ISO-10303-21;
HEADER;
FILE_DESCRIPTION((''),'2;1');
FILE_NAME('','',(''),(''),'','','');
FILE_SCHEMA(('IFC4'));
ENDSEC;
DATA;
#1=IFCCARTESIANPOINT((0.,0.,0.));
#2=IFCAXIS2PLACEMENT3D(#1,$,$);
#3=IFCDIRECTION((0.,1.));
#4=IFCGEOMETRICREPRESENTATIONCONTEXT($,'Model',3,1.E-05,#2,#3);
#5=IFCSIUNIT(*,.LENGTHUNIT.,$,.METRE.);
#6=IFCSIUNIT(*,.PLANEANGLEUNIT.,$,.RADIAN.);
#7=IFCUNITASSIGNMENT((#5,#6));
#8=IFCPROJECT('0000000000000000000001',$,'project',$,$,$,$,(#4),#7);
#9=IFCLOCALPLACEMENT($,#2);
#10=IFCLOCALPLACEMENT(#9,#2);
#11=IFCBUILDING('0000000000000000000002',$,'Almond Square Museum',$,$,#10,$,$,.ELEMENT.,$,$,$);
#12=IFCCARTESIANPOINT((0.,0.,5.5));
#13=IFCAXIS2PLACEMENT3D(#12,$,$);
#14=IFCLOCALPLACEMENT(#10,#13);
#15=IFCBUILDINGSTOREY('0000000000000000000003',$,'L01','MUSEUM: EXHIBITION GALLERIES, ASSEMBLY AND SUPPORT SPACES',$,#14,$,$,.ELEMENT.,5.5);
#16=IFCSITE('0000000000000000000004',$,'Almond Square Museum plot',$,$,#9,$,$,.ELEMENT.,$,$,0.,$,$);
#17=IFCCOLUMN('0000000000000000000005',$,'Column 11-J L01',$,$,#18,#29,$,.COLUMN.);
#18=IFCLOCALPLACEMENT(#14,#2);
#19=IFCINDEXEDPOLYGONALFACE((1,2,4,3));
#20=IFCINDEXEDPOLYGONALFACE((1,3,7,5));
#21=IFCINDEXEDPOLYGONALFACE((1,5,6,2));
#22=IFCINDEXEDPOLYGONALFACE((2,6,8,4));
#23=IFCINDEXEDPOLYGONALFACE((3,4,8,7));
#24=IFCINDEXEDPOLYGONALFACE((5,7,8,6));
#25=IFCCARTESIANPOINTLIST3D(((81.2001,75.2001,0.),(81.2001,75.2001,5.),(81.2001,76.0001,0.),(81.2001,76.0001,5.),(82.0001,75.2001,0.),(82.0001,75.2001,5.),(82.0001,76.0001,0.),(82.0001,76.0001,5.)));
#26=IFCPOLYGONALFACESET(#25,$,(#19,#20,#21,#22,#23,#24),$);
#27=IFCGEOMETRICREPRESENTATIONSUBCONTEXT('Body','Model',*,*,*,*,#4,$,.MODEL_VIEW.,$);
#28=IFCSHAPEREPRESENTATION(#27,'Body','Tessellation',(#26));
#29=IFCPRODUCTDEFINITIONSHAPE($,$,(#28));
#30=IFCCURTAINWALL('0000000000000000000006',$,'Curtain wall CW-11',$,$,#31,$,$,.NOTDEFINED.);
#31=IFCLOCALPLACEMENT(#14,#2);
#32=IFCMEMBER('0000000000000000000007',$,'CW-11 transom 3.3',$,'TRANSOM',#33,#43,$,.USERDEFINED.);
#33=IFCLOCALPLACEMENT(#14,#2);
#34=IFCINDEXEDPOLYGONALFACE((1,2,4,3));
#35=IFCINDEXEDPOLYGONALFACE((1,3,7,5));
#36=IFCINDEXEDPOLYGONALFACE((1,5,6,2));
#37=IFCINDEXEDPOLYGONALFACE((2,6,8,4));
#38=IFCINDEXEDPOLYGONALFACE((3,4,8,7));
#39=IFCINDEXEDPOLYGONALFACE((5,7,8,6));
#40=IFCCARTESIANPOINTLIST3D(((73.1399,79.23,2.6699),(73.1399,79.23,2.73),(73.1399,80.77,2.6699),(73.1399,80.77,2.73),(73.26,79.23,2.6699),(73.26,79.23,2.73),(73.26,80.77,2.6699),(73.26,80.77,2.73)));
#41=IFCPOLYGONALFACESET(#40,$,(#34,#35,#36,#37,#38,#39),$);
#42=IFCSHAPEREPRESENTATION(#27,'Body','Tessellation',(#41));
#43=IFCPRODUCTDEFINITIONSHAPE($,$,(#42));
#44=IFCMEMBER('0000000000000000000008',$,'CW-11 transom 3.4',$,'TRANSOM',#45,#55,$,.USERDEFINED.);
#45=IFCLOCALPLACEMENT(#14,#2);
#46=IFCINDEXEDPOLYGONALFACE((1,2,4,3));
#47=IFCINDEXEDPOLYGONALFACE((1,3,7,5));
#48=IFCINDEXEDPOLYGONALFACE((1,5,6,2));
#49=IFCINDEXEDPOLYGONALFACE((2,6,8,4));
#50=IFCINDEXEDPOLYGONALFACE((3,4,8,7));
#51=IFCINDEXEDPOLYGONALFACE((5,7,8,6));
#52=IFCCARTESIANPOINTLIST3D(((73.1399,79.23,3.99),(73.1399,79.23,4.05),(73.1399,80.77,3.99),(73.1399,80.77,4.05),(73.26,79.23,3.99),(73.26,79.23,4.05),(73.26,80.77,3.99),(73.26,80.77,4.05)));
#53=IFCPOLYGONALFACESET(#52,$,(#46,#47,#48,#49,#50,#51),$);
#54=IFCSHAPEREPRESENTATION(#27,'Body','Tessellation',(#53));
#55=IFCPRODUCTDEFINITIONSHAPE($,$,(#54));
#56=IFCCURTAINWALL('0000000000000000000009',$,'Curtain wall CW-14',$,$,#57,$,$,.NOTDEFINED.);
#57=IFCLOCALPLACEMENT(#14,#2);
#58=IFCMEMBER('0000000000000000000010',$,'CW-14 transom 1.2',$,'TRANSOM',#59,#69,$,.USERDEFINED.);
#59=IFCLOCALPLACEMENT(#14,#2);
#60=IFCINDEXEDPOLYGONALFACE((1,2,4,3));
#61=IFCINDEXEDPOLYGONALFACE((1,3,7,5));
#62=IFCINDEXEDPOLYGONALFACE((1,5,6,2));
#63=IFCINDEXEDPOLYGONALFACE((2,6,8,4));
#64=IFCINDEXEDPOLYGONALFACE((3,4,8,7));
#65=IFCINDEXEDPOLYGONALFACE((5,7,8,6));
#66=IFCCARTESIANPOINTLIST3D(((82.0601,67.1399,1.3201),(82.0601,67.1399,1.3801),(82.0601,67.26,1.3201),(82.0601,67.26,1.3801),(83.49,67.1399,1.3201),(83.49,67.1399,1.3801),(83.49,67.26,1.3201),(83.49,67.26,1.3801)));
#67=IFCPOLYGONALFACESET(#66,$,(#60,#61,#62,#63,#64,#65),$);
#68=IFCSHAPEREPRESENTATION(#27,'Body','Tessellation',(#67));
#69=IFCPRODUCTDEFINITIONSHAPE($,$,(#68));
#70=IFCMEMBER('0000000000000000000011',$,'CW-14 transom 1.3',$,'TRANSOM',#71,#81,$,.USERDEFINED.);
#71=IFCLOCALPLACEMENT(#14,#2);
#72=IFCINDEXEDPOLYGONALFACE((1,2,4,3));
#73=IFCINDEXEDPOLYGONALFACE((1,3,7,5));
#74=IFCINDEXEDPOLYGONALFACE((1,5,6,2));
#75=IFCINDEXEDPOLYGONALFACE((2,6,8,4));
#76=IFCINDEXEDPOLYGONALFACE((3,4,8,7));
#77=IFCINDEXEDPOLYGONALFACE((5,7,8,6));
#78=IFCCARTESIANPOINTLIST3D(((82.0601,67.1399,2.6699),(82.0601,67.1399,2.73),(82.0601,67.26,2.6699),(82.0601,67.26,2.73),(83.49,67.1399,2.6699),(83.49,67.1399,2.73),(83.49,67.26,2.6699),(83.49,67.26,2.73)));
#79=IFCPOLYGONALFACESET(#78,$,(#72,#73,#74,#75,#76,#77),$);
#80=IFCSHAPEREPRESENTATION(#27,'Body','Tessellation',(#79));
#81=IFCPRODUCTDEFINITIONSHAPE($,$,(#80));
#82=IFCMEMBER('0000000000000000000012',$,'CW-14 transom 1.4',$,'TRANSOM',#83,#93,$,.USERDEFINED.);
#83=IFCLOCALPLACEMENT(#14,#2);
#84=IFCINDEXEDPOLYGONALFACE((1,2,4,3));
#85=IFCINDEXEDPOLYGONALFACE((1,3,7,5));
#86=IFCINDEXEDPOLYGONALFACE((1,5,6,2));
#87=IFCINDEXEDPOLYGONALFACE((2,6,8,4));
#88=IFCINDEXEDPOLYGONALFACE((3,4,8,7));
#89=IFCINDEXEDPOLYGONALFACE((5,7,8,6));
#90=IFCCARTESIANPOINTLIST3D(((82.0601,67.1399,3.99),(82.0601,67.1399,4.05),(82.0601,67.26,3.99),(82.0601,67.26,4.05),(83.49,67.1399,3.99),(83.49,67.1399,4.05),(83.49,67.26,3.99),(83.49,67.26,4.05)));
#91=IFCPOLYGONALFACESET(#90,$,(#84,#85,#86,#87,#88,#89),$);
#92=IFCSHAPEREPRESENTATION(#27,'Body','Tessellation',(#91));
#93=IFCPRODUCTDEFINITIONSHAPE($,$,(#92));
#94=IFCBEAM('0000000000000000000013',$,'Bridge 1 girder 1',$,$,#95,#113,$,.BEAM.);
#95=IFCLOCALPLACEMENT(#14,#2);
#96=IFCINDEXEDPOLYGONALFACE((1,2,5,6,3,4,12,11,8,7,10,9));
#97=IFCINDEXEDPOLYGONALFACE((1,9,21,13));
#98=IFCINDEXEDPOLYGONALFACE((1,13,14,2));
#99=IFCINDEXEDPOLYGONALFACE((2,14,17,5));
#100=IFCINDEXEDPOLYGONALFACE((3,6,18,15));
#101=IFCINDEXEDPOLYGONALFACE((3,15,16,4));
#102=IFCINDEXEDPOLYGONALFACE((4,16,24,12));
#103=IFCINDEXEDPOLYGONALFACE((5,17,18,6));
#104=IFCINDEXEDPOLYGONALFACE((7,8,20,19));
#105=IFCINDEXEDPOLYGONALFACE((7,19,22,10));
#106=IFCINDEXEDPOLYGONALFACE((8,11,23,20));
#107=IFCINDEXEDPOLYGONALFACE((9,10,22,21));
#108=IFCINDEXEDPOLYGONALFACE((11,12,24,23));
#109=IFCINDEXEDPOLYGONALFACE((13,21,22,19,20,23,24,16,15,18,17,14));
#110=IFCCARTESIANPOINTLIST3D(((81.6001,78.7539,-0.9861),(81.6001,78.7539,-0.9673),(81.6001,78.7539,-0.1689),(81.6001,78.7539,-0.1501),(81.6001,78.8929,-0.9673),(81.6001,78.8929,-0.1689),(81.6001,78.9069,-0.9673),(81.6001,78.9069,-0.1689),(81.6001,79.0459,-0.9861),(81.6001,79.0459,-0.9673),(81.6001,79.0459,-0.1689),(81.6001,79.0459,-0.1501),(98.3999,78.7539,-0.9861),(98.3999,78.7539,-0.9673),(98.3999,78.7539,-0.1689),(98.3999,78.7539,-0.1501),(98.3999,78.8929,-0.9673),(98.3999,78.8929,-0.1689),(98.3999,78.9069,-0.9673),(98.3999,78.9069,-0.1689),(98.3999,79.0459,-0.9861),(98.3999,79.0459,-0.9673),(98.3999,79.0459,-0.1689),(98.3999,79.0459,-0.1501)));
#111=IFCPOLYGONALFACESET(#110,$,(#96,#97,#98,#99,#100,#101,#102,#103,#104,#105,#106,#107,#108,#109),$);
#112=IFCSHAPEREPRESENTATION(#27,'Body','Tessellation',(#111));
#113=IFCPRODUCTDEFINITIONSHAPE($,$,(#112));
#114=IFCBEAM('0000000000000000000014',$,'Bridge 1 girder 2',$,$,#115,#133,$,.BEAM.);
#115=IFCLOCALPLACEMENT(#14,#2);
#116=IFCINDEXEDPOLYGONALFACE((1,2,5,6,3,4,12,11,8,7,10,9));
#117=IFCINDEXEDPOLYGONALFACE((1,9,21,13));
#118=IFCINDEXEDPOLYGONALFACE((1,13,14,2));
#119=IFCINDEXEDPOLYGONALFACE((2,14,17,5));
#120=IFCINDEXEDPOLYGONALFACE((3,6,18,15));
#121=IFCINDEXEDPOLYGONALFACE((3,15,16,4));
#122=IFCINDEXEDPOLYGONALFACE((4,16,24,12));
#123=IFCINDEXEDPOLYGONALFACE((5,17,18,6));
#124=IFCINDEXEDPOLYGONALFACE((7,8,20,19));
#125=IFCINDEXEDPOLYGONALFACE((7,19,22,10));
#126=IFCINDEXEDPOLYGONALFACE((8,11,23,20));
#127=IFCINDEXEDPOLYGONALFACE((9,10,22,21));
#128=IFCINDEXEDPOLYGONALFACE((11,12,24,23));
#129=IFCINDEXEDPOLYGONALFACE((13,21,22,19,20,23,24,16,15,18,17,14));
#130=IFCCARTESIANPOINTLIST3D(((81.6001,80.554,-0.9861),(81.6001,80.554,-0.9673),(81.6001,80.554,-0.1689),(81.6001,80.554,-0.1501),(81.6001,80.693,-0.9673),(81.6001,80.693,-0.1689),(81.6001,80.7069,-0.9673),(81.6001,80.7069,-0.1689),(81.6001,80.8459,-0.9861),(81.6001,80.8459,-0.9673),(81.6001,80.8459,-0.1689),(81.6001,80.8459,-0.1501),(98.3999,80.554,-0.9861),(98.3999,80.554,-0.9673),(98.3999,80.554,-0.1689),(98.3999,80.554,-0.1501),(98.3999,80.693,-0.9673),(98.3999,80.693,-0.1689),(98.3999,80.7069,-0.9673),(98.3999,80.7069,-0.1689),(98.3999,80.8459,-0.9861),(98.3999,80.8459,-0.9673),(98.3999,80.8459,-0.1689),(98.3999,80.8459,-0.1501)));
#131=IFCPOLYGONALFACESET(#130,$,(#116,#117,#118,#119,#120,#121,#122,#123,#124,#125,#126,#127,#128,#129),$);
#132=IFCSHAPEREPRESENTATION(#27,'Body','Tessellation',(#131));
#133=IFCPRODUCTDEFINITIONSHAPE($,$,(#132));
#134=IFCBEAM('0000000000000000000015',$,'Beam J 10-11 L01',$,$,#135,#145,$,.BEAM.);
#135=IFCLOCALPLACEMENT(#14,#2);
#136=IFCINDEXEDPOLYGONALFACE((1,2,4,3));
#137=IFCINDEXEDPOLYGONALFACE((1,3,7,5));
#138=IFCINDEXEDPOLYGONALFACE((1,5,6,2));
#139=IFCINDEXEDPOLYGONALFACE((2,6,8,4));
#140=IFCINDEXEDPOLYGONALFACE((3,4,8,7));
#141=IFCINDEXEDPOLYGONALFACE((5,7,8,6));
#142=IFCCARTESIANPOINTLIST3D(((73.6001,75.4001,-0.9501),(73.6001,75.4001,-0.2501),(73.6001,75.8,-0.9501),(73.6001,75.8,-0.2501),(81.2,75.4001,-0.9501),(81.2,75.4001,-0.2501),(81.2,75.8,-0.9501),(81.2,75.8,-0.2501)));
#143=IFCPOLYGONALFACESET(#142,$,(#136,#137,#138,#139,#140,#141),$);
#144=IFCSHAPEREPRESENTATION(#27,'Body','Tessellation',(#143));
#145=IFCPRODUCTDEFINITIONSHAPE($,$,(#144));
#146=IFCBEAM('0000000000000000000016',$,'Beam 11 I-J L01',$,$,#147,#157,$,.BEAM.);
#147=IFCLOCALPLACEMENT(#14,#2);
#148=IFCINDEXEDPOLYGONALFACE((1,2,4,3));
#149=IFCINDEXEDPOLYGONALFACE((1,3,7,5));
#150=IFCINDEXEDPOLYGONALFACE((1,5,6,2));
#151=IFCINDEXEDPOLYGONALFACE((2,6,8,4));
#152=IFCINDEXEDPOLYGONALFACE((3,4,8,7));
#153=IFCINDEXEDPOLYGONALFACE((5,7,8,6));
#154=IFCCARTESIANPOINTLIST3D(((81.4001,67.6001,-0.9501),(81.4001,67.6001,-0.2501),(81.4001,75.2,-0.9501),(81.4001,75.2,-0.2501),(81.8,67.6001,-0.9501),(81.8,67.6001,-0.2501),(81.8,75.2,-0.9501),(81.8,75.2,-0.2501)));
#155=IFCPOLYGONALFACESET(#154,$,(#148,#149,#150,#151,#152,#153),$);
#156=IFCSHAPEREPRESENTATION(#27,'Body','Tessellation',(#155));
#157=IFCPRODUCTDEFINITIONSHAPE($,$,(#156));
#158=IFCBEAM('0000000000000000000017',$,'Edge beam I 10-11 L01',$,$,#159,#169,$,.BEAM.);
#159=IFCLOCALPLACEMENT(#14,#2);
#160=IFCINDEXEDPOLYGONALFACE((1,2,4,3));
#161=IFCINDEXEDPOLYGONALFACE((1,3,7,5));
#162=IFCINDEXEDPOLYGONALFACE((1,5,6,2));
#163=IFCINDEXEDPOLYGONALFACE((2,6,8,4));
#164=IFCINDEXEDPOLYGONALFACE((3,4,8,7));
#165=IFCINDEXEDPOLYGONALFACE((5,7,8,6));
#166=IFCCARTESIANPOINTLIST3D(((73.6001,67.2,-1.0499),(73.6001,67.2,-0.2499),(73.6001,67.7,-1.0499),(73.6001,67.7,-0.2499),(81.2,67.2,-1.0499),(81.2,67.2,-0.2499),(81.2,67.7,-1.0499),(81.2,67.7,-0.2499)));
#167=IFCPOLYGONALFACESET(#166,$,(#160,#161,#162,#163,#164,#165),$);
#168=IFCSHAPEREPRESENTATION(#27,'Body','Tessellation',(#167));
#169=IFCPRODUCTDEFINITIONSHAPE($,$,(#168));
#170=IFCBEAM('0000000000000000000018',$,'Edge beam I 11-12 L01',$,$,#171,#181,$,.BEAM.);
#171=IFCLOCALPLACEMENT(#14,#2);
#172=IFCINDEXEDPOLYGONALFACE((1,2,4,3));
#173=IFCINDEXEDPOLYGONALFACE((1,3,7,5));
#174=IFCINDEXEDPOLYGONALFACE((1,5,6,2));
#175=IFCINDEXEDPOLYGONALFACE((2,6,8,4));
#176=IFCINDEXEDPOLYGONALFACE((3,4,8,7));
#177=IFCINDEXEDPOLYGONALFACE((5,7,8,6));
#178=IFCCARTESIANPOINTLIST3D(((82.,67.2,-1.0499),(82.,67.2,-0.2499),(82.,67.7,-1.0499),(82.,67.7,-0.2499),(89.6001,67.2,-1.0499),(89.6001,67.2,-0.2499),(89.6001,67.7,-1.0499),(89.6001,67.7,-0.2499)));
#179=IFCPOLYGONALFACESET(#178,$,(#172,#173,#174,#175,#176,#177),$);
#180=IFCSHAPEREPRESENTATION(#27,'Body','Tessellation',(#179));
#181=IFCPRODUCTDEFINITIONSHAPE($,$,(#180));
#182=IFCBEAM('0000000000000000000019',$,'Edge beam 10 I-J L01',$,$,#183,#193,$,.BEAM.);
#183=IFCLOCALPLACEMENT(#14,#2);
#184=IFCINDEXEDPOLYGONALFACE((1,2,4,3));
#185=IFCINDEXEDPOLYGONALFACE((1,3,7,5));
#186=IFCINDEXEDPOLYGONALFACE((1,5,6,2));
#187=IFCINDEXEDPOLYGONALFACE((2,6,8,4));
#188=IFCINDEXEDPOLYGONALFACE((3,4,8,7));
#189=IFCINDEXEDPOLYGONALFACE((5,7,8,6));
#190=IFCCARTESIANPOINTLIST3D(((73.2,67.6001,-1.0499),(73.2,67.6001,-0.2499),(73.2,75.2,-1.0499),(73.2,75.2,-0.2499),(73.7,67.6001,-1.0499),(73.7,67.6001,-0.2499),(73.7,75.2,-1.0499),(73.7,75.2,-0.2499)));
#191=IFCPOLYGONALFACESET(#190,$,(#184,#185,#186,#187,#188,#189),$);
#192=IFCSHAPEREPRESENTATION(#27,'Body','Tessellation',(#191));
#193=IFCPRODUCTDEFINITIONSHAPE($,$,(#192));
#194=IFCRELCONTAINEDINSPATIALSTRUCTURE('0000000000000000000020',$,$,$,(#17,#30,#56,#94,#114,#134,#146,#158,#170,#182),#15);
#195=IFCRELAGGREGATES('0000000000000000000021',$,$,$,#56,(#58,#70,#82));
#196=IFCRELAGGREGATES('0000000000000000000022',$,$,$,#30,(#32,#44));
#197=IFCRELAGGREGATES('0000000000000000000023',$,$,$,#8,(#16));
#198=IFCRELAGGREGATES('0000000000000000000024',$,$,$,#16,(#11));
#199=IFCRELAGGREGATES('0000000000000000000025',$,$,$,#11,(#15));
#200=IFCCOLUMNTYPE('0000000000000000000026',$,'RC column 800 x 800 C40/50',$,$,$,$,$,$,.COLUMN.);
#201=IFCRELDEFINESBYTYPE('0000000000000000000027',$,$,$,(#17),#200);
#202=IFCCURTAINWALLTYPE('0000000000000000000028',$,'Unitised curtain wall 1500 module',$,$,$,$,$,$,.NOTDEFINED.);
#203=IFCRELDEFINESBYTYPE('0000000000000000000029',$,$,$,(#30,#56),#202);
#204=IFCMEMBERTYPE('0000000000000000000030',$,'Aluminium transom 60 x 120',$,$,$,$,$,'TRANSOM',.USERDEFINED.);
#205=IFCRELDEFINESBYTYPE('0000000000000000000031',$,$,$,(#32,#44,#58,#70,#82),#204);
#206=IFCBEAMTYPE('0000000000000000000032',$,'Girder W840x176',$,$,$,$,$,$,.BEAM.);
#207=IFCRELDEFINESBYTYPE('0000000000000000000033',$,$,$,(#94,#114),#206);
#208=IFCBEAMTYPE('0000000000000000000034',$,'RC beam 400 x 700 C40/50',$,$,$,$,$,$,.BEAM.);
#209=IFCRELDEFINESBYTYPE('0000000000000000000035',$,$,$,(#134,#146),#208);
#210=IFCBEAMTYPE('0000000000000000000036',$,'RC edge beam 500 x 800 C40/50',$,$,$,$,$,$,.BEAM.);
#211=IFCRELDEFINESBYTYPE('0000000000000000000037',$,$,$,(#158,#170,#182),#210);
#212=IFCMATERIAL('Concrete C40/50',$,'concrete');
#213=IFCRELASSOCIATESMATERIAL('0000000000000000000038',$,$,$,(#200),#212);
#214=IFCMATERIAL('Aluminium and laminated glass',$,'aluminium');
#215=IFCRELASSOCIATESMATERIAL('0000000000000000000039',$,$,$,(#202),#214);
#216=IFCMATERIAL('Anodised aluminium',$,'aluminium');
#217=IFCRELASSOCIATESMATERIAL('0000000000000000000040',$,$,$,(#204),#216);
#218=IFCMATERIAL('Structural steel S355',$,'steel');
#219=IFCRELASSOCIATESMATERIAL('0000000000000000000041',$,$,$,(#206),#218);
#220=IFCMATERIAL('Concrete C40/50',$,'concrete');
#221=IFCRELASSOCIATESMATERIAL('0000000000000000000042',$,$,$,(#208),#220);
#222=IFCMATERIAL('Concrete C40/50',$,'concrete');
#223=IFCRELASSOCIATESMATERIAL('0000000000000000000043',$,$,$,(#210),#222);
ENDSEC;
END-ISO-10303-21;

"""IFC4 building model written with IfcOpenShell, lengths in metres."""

from ifc_helpers import new_model, si_unit, direction, frame, origin, origin_2d, place, context, subcontext, project, spatial, rectangle, i_section, extrude, material, material_profile, profile_set, type_object, element, aggregate, save


model = new_model("IFC4")

# Units and contexts
model_context = context("Model", 3, precision=1e-05, world=origin(), true_north=direction((0.0, 1.0)))
body_context = subcontext(model_context, "Body", "Model", "MODEL_VIEW")
ifc_project = project(units=[si_unit("LENGTHUNIT", "METRE"), si_unit("PLANEANGLEUNIT", "RADIAN")], contexts=[model_context])

# Site, building, storey
site_placement = place(None, origin())
site = spatial("IfcSite", under=ifc_project, at=site_placement, Name="Almond Square Museum plot", CompositionType="ELEMENT", RefElevation=0.0)
building_placement = place(site_placement, origin())
building = spatial("IfcBuilding", under=site, at=building_placement, Name="Almond Square Museum", CompositionType="ELEMENT")
storey_placement = place(building_placement, frame((0.0, 0.0, 5.5)))
storey = spatial("IfcBuildingStorey", under=building, at=storey_placement, Name="L01", Description="MUSEUM: EXHIBITION GALLERIES, ASSEMBLY AND SUPPORT SPACES", CompositionType="ELEMENT", Elevation=5.5)

# Column
ifc_material_1 = material(Name="Concrete C40/50", Category="concrete")
ifc_material_profile_1 = material_profile(ifc_material_1, rectangle(XDim=0.8, YDim=0.8, at=origin_2d()))
ifc_profile_set_1 = profile_set([ifc_material_profile_1], Name="Concrete C40/50")
column_type = type_object("IfcColumnType", Name="RC column 800 x 800 C40/50", PredefinedType="COLUMN", material=ifc_profile_set_1)
column_placement = place(storey_placement, frame((81.6001, 75.6001, 0.0), z_axis=(0.0, 0.0, 1.0), x_axis=(1.0, 0.0, 0.0)))
element("IfcColumn", 1, at=column_placement, inside=storey, type_object=column_type, Name="Column 11-J L01", PredefinedType="COLUMN", context=body_context, shape_type="SweptSolid", body=[
    extrude(rectangle(XDim=0.8, YDim=0.8, at=origin_2d()), origin(), (0.0, 0.0, 1.0), 5.0),
])

# Curtain walls, members
ifc_material_2 = material(Name="Aluminium and laminated glass", Category="aluminium")
curtain_wall_type = type_object("IfcCurtainWallType", Name="Unitised curtain wall 1500 module", PredefinedType="NOTDEFINED", material=ifc_material_2)
curtain_wall_1_placement = place(storey_placement, origin())
curtain_wall_1 = element("IfcCurtainWall", 2, at=curtain_wall_1_placement, inside=storey, type_object=curtain_wall_type, Name="Curtain wall CW-11", PredefinedType="NOTDEFINED")
ifc_material_3 = material(Name="Anodised aluminium", Category="aluminium")
ifc_material_profile_2 = material_profile(ifc_material_3, rectangle(XDim=0.1201, YDim=0.0601, at=origin_2d()))
ifc_profile_set_2 = profile_set([ifc_material_profile_2], Name="Anodised aluminium")
member_type = type_object("IfcMemberType", Name="Aluminium transom 60 x 120", ElementType="TRANSOM", PredefinedType="USERDEFINED", material=ifc_profile_set_2)
member_1_placement = place(storey_placement, frame((73.2, 79.23, 2.7), z_axis=(0.0, 1.0, 0.0), x_axis=(-1.0, 0.0, 0.0)))
member_1 = element("IfcMember", 3, at=member_1_placement, type_object=member_type, Name="CW-11 transom 3.3", ObjectType="TRANSOM", PredefinedType="USERDEFINED", context=body_context, shape_type="SweptSolid", body=[
    extrude(rectangle(XDim=0.1201, YDim=0.0601, at=origin_2d()), origin(), (0.0, 0.0, 1.0), 1.54),
])
member_2_placement = place(storey_placement, frame((73.2, 79.23, 4.02), z_axis=(0.0, 1.0, 0.0), x_axis=(-1.0, 0.0, 0.0)))
member_2 = element("IfcMember", 4, at=member_2_placement, type_object=member_type, Name="CW-11 transom 3.4", ObjectType="TRANSOM", PredefinedType="USERDEFINED", context=body_context, shape_type="SweptSolid", body=[
    extrude(rectangle(XDim=0.1201, YDim=0.0601, at=origin_2d()), origin(), (0.0, 0.0, 1.0), 1.54),
])
curtain_wall_2_placement = place(storey_placement, origin())
curtain_wall_2 = element("IfcCurtainWall", 5, at=curtain_wall_2_placement, inside=storey, type_object=curtain_wall_type, Name="Curtain wall CW-14", PredefinedType="NOTDEFINED")
member_3_placement = place(storey_placement, frame((82.0601, 67.2, 1.3501), z_axis=(1.0, 0.0, 0.0), x_axis=(0.0, 1.0, 0.0)))
member_3 = element("IfcMember", 6, at=member_3_placement, type_object=member_type, Name="CW-14 transom 1.2", ObjectType="TRANSOM", PredefinedType="USERDEFINED", context=body_context, shape_type="SweptSolid", body=[
    extrude(rectangle(XDim=0.1201, YDim=0.0601, at=origin_2d()), origin(), (0.0, 0.0, 1.0), 1.4299),
])
member_4_placement = place(storey_placement, frame((82.0601, 67.2, 2.7), z_axis=(1.0, 0.0, 0.0), x_axis=(0.0, 1.0, 0.0)))
member_4 = element("IfcMember", 7, at=member_4_placement, type_object=member_type, Name="CW-14 transom 1.3", ObjectType="TRANSOM", PredefinedType="USERDEFINED", context=body_context, shape_type="SweptSolid", body=[
    extrude(rectangle(XDim=0.1201, YDim=0.0601, at=origin_2d()), origin(), (0.0, 0.0, 1.0), 1.4299),
])
member_5_placement = place(storey_placement, frame((82.0601, 67.2, 4.02), z_axis=(1.0, 0.0, 0.0), x_axis=(0.0, 1.0, 0.0)))
member_5 = element("IfcMember", 8, at=member_5_placement, type_object=member_type, Name="CW-14 transom 1.4", ObjectType="TRANSOM", PredefinedType="USERDEFINED", context=body_context, shape_type="SweptSolid", body=[
    extrude(rectangle(XDim=0.1201, YDim=0.0601, at=origin_2d()), origin(), (0.0, 0.0, 1.0), 1.4299),
])
aggregate(curtain_wall_2, [member_3, member_4, member_5])

# Beams
ifc_material_4 = material(Name="Structural steel S355", Category="steel")
ifc_material_profile_3 = material_profile(ifc_material_4, i_section(OverallWidth=0.292, OverallDepth=0.8359, WebThickness=0.0139, FlangeThickness=0.0188, at=origin_2d()))
ifc_profile_set_3 = profile_set([ifc_material_profile_3], Name="Structural steel S355")
beam_type_1 = type_object("IfcBeamType", Name="Girder W840x176", PredefinedType="BEAM", material=ifc_profile_set_3)
for number, where, z_axis, x_axis, name in (
    (9, (81.6001, 78.8999, -0.5681), (1.0, 0.0, 0.0), (0.0, 1.0, 0.0), "Bridge 1 girder 1"),
    (10, (81.6001, 80.7, -0.5681), (1.0, 0.0, 0.0), (0.0, 1.0, 0.0), "Bridge 1 girder 2"),
):
    element("IfcBeam", number, at=place(storey_placement, frame(where, z_axis=z_axis, x_axis=x_axis)), inside=storey, type_object=beam_type_1, Name=name, PredefinedType="BEAM", context=body_context, shape_type="SweptSolid", body=[
        extrude(i_section(OverallWidth=0.292, OverallDepth=0.8359, WebThickness=0.0139, FlangeThickness=0.0188, at=origin_2d()), origin(), (0.0, 0.0, 1.0), 16.7998),
    ])
ifc_material_5 = material(Name="Concrete C40/50", Category="concrete")
ifc_material_profile_4 = material_profile(ifc_material_5, rectangle(XDim=0.3999, YDim=0.7, at=origin_2d()))
ifc_profile_set_4 = profile_set([ifc_material_profile_4], Name="Concrete C40/50")
beam_type_2 = type_object("IfcBeamType", Name="RC beam 400 x 700 C40/50", PredefinedType="BEAM", material=ifc_profile_set_4)
for number, where, z_axis, x_axis, name in (
    (11, (73.6001, 75.6001, -0.6001), (1.0, 0.0, 0.0), (0.0, 1.0, 0.0), "Beam J 10-11 L01"),
    (12, (81.6001, 67.6001, -0.6001), (0.0, 1.0, 0.0), (-1.0, 0.0, 0.0), "Beam 11 I-J L01"),
):
    element("IfcBeam", number, at=place(storey_placement, frame(where, z_axis=z_axis, x_axis=x_axis)), inside=storey, type_object=beam_type_2, Name=name, PredefinedType="BEAM", context=body_context, shape_type="SweptSolid", body=[
        extrude(rectangle(XDim=0.3999, YDim=0.7, at=origin_2d()), origin(), (0.0, 0.0, 1.0), 7.5999),
    ])
ifc_material_6 = material(Name="Concrete C40/50", Category="concrete")
ifc_material_profile_5 = material_profile(ifc_material_6, rectangle(XDim=0.5, YDim=0.8, at=origin_2d()))
ifc_profile_set_5 = profile_set([ifc_material_profile_5], Name="Concrete C40/50")
beam_type_3 = type_object("IfcBeamType", Name="RC edge beam 500 x 800 C40/50", PredefinedType="BEAM", material=ifc_profile_set_5)
beam_1_placement = place(storey_placement, frame((73.6001, 67.45, -0.6499), z_axis=(1.0, 0.0, 0.0), x_axis=(0.0, 1.0, 0.0)))
element("IfcBeam", 13, at=beam_1_placement, inside=storey, type_object=beam_type_3, Name="Edge beam I 10-11 L01", PredefinedType="BEAM", context=body_context, shape_type="SweptSolid", body=[
    extrude(rectangle(XDim=0.5, YDim=0.8, at=origin_2d()), origin(), (0.0, 0.0, 1.0), 7.5999),
])
beam_2_placement = place(storey_placement, frame((82.0, 67.45, -0.6499), z_axis=(1.0, 0.0, 0.0), x_axis=(0.0, 1.0, 0.0)))
element("IfcBeam", 14, at=beam_2_placement, inside=storey, type_object=beam_type_3, Name="Edge beam I 11-12 L01", PredefinedType="BEAM", context=body_context, shape_type="SweptSolid", body=[
    extrude(rectangle(XDim=0.5, YDim=0.8, at=origin_2d()), origin(), (0.0, 0.0, 1.0), 7.6001),
])
beam_3_placement = place(storey_placement, frame((73.45, 67.6001, -0.6499), z_axis=(0.0, 1.0, 0.0), x_axis=(-1.0, 0.0, 0.0)))
element("IfcBeam", 15, at=beam_3_placement, inside=storey, type_object=beam_type_3, Name="Edge beam 10 I-J L01", PredefinedType="BEAM", context=body_context, shape_type="SweptSolid", body=[
    extrude(rectangle(XDim=0.5, YDim=0.8, at=origin_2d()), origin(), (0.0, 0.0, 1.0), 7.5999),
])

aggregate(curtain_wall_1, [member_1, member_2])

save(model, "model.ifc")
